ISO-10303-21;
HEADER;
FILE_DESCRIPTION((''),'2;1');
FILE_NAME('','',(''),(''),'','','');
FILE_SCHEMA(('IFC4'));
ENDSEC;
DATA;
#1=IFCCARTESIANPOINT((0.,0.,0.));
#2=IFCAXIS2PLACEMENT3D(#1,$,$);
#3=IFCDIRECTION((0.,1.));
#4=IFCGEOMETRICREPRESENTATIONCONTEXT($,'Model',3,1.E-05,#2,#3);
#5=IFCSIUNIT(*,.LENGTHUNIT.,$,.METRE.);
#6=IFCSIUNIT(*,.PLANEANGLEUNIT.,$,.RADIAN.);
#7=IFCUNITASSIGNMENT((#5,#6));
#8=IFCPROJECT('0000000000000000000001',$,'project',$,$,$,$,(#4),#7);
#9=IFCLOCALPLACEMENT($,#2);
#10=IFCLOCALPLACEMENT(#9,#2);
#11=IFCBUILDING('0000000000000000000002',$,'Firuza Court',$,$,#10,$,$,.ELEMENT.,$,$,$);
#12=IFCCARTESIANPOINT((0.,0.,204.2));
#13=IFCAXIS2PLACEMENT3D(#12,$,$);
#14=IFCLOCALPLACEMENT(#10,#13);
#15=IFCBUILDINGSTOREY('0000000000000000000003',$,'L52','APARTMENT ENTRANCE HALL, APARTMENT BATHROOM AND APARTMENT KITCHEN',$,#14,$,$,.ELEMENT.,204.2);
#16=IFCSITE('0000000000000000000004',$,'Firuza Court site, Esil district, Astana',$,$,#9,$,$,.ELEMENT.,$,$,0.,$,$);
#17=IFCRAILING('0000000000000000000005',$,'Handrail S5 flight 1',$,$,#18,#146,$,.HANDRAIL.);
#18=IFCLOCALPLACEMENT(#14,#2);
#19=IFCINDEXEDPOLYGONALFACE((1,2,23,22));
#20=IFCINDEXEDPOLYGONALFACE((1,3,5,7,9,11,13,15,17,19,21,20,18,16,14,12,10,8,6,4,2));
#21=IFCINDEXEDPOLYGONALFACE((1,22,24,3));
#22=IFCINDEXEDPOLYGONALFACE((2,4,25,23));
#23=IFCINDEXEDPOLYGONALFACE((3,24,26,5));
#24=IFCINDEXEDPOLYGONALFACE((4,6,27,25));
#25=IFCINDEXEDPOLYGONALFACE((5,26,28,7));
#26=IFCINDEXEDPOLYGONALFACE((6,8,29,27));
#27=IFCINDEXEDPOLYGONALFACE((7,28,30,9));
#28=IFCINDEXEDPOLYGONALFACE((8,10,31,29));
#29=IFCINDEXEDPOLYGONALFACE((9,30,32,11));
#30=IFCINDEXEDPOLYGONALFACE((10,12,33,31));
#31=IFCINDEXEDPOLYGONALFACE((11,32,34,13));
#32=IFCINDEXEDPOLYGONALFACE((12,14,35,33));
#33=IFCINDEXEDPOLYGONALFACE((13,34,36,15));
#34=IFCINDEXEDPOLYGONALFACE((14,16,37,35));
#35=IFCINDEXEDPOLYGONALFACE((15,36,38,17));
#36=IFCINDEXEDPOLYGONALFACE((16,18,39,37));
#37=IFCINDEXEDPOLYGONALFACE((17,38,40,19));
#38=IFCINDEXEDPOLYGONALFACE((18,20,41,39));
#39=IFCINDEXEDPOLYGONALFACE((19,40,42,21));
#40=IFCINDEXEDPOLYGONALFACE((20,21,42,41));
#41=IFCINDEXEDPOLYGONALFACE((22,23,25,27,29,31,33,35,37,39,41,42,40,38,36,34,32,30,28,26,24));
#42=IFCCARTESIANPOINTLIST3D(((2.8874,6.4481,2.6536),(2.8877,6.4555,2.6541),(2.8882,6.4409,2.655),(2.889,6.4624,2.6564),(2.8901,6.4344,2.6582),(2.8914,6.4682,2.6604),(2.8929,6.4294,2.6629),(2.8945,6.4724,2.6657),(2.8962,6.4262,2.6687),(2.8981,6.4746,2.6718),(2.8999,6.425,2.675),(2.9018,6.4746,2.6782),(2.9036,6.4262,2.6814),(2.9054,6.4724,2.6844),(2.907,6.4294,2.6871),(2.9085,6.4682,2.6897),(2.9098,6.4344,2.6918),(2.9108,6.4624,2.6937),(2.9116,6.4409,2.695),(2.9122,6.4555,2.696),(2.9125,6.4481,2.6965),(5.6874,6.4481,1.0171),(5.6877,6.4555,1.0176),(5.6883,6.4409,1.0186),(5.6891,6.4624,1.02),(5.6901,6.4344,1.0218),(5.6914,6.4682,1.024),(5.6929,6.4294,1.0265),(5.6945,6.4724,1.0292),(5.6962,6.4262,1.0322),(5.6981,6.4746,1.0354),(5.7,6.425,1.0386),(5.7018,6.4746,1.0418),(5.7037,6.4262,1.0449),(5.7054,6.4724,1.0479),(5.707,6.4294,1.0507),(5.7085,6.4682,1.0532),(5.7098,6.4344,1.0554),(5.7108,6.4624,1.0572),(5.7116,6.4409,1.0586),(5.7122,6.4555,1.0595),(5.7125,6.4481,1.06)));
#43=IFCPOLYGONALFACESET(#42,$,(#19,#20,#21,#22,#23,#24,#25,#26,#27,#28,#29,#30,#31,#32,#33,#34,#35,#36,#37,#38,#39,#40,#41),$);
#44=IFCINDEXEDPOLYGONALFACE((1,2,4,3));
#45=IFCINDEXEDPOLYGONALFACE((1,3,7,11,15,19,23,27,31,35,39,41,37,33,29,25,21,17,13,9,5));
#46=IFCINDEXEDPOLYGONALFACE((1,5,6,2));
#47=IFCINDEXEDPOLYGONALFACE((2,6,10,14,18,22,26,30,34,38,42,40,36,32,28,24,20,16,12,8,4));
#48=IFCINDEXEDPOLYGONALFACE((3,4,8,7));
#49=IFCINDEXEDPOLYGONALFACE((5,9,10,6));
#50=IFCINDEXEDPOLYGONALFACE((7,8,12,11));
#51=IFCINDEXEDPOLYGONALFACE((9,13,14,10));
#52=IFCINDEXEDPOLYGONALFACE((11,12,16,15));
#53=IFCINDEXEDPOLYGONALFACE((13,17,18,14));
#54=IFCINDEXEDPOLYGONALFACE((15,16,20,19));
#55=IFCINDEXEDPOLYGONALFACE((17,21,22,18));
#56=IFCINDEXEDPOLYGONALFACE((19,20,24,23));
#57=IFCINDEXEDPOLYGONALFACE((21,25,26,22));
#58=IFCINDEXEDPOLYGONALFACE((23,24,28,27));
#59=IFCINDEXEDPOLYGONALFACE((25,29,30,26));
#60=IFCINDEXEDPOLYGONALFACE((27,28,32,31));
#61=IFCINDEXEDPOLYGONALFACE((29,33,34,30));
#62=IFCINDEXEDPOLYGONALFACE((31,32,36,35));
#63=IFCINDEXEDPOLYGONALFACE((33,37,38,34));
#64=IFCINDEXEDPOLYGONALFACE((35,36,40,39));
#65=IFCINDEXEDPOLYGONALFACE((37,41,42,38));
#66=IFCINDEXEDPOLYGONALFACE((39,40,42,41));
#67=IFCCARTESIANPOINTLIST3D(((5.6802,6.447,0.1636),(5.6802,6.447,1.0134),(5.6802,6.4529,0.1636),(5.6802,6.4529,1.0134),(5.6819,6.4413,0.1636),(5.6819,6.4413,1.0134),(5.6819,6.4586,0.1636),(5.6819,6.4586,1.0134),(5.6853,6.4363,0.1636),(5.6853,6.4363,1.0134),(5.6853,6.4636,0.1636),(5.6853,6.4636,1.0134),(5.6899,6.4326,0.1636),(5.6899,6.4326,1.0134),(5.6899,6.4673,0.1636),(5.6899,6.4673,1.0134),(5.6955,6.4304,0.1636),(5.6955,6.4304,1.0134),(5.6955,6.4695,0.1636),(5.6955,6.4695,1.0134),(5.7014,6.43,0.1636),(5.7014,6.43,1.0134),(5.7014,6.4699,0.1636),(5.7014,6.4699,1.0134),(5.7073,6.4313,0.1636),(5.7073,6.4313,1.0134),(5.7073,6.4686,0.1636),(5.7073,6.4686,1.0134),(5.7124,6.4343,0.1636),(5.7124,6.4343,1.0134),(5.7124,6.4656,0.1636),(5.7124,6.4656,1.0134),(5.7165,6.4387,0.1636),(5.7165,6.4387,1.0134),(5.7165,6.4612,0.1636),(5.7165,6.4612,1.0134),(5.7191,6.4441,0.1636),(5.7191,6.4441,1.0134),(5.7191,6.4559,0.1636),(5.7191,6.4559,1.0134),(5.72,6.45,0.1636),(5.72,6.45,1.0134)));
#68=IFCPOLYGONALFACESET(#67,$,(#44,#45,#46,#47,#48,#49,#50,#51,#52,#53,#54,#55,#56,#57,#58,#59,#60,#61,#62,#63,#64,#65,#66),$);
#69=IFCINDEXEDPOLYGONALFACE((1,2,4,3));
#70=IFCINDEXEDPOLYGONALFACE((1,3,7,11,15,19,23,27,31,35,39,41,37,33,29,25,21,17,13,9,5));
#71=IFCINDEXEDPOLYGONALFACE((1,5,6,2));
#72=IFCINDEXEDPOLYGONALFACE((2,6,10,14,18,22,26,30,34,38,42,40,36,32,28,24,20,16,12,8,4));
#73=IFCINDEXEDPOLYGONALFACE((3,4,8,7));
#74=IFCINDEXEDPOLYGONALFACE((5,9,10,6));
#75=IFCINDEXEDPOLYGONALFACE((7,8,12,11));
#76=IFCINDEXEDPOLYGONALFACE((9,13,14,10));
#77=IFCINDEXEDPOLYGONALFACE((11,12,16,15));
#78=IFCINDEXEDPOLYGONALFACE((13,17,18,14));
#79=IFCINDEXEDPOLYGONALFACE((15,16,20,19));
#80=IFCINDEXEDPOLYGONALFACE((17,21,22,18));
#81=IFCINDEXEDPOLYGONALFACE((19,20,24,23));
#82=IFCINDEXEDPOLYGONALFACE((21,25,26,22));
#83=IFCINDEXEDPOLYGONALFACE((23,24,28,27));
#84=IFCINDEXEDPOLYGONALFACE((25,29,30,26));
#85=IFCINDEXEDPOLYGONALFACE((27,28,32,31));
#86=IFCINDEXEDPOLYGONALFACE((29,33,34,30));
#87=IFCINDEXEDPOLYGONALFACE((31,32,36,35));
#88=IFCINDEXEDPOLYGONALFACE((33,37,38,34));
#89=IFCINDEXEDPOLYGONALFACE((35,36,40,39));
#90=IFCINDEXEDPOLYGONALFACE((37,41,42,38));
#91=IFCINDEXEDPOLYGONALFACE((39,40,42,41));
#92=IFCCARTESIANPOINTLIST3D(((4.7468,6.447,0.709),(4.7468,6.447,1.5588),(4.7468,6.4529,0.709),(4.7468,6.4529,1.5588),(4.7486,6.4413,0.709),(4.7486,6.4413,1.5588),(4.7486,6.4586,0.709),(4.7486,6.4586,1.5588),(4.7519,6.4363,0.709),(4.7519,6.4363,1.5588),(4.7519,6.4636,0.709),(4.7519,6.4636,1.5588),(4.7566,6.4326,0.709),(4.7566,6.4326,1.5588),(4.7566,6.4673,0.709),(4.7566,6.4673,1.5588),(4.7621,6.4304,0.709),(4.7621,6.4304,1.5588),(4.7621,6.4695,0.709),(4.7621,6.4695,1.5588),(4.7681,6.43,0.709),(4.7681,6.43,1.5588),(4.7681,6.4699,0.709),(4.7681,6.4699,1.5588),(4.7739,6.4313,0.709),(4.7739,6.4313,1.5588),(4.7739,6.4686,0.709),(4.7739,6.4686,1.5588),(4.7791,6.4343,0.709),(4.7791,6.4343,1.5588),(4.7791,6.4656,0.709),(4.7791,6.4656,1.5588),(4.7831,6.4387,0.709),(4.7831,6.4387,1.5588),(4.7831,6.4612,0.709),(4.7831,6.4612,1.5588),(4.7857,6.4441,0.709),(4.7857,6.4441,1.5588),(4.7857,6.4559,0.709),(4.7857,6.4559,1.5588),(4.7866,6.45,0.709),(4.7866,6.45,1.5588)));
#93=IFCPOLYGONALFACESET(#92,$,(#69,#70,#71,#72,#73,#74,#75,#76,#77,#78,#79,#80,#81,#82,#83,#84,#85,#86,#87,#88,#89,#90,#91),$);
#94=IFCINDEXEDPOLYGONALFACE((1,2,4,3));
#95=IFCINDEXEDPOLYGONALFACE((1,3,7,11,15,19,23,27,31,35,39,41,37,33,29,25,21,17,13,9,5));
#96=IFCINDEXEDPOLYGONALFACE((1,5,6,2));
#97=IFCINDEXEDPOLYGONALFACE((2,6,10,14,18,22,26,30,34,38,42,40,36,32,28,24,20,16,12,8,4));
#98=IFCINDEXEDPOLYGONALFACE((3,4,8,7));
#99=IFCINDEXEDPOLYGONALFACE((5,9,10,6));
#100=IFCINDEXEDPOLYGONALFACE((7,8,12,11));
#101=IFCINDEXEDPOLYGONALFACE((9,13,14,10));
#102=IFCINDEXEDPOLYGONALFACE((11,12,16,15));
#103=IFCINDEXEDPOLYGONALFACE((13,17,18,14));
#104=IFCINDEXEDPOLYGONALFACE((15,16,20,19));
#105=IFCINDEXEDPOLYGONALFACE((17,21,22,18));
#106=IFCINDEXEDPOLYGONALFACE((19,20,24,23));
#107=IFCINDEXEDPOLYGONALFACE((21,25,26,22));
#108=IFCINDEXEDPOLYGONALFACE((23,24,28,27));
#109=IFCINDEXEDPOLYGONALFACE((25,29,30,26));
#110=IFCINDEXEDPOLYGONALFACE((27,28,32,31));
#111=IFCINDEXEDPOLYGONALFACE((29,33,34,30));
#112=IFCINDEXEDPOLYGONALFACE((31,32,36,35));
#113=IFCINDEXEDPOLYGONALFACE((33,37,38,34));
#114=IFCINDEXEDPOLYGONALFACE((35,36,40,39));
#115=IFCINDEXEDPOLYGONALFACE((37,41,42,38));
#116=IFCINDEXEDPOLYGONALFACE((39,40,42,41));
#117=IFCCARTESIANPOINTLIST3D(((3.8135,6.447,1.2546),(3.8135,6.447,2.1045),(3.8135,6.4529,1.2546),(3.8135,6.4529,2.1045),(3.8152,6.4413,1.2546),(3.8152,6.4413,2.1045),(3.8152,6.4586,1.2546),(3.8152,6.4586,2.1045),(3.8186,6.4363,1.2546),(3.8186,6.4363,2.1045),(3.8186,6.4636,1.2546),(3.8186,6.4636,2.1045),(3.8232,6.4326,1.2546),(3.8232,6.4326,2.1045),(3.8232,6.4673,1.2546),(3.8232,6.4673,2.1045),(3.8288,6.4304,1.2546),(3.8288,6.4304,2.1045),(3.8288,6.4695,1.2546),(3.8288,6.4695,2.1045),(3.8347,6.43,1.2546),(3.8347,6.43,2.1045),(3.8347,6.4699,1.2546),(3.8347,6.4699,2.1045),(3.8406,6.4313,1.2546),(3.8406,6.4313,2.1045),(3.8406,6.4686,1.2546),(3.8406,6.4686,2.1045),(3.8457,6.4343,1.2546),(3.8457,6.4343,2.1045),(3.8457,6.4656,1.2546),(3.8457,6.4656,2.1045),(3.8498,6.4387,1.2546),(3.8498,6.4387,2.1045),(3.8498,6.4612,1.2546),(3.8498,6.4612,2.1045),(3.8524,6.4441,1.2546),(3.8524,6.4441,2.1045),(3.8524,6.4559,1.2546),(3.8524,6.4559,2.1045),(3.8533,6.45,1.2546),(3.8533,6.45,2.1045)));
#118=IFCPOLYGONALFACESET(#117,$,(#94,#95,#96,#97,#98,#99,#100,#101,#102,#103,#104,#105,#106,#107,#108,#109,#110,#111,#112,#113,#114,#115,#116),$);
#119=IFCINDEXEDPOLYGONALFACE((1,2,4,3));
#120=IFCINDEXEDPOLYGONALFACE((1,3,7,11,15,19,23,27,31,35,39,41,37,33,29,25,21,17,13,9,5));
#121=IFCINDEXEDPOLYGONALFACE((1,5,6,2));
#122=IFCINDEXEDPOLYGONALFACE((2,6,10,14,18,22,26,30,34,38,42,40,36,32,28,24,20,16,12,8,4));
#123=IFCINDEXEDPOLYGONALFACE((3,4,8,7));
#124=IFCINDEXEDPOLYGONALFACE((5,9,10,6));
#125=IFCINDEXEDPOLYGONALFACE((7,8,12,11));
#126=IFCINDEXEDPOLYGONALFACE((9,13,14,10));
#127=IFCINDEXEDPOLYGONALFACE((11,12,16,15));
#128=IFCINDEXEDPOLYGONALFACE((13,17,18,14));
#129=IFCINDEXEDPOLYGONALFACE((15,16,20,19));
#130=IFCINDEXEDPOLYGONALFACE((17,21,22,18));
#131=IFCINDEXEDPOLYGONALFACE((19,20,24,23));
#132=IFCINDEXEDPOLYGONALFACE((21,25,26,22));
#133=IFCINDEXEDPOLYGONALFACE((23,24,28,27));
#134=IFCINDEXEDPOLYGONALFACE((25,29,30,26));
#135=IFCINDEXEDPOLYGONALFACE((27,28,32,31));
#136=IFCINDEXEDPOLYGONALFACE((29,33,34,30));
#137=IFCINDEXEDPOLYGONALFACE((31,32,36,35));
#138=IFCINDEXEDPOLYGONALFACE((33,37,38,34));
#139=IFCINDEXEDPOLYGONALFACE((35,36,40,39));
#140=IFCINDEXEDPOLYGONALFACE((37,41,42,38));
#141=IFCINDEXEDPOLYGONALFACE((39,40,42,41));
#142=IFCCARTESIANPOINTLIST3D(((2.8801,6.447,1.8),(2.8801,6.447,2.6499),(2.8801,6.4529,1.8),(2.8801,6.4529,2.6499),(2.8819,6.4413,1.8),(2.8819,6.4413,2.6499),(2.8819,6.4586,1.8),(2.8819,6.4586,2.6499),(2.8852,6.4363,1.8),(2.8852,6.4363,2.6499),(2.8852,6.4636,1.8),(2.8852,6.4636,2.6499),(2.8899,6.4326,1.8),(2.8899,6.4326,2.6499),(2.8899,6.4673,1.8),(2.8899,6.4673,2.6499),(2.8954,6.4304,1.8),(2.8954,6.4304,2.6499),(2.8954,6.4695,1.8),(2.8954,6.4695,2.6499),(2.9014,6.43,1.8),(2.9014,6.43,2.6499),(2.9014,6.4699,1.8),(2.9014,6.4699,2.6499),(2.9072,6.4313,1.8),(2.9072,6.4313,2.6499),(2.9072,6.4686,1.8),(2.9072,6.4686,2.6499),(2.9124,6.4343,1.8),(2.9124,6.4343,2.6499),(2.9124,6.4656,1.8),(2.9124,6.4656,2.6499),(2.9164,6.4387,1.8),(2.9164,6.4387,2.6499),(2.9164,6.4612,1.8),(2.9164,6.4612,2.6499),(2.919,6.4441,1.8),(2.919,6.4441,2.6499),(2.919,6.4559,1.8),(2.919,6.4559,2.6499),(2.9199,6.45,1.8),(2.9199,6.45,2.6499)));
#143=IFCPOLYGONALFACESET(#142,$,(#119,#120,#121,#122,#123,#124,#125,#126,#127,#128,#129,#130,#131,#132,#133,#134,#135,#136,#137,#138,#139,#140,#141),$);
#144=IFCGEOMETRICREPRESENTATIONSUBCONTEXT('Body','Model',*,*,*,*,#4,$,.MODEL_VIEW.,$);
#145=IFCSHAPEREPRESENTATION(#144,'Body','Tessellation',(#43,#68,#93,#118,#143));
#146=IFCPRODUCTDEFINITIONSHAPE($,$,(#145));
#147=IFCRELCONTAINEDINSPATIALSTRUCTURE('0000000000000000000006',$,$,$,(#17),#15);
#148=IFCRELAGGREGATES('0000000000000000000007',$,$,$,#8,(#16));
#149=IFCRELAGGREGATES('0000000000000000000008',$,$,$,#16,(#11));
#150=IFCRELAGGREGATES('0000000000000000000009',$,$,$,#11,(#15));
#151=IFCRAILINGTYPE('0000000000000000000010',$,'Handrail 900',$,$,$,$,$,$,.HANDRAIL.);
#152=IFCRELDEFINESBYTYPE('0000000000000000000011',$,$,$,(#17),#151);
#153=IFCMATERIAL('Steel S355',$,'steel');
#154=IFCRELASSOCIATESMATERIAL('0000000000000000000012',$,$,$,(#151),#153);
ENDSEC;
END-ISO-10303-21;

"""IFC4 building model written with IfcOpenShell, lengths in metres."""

from ifc_helpers import new_model, si_unit, direction, frame, origin, origin_2d, place, context, subcontext, project, spatial, circle, extrude, material, type_object, element, save


model = new_model("IFC4")

# Units and contexts
model_context = context("Model", 3, precision=1e-05, world=origin(), true_north=direction((0.0, 1.0)))
body_context = subcontext(model_context, "Body", "Model", "MODEL_VIEW")
ifc_project = project(units=[si_unit("LENGTHUNIT", "METRE"), si_unit("PLANEANGLEUNIT", "RADIAN")], contexts=[model_context])

# Site, building, storey
site_placement = place(None, origin())
site = spatial("IfcSite", under=ifc_project, at=site_placement, Name="Firuza Court site, Esil district, Astana", CompositionType="ELEMENT", RefElevation=0.0)
building_placement = place(site_placement, origin())
building = spatial("IfcBuilding", under=site, at=building_placement, Name="Firuza Court", CompositionType="ELEMENT")
storey_placement = place(building_placement, frame((0.0, 0.0, 204.2)))
storey = spatial("IfcBuildingStorey", under=building, at=storey_placement, Name="L52", Description="APARTMENT ENTRANCE HALL, APARTMENT BATHROOM AND APARTMENT KITCHEN", CompositionType="ELEMENT", Elevation=204.2)

# Railing
ifc_material_1 = material(Name="Steel S355", Category="steel")
railing_type_1 = type_object("IfcRailingType", Name="Handrail 900", PredefinedType="HANDRAIL", material=ifc_material_1)
railing_1_placement = place(storey_placement, frame((5.7, 6.45, 0.1636)))
element("IfcRailing", 1, at=railing_1_placement, inside=storey, type_object=railing_type_1, Name="Handrail S5 flight 1", PredefinedType="HANDRAIL", context=body_context, shape_type="SweptSolid", body=[
    extrude(circle(Radius=0.0249, at=origin_2d()), frame((0.0, 0.0, 0.875), z_axis=(-0.863361, 0.0, 0.504587), x_axis=(0.0, -1.0, 0.0)), (0.0, 0.0, 1.0), 3.2432),
    extrude(circle(Radius=0.02, at=origin_2d()), origin(), (0.0, 0.0, 1.0), 0.8499),
    extrude(circle(Radius=0.02, at=origin_2d()), frame((-0.9333, 0.0, 0.5454)), (0.0, 0.0, 1.0), 0.8499),
    extrude(circle(Radius=0.02, at=origin_2d()), frame((-1.8667, 0.0, 1.0911)), (0.0, 0.0, 1.0), 0.8499),
    extrude(circle(Radius=0.02, at=origin_2d()), frame((-2.8, 0.0, 1.6365)), (0.0, 0.0, 1.0), 0.8499),
])

save(model, "model.ifc")
